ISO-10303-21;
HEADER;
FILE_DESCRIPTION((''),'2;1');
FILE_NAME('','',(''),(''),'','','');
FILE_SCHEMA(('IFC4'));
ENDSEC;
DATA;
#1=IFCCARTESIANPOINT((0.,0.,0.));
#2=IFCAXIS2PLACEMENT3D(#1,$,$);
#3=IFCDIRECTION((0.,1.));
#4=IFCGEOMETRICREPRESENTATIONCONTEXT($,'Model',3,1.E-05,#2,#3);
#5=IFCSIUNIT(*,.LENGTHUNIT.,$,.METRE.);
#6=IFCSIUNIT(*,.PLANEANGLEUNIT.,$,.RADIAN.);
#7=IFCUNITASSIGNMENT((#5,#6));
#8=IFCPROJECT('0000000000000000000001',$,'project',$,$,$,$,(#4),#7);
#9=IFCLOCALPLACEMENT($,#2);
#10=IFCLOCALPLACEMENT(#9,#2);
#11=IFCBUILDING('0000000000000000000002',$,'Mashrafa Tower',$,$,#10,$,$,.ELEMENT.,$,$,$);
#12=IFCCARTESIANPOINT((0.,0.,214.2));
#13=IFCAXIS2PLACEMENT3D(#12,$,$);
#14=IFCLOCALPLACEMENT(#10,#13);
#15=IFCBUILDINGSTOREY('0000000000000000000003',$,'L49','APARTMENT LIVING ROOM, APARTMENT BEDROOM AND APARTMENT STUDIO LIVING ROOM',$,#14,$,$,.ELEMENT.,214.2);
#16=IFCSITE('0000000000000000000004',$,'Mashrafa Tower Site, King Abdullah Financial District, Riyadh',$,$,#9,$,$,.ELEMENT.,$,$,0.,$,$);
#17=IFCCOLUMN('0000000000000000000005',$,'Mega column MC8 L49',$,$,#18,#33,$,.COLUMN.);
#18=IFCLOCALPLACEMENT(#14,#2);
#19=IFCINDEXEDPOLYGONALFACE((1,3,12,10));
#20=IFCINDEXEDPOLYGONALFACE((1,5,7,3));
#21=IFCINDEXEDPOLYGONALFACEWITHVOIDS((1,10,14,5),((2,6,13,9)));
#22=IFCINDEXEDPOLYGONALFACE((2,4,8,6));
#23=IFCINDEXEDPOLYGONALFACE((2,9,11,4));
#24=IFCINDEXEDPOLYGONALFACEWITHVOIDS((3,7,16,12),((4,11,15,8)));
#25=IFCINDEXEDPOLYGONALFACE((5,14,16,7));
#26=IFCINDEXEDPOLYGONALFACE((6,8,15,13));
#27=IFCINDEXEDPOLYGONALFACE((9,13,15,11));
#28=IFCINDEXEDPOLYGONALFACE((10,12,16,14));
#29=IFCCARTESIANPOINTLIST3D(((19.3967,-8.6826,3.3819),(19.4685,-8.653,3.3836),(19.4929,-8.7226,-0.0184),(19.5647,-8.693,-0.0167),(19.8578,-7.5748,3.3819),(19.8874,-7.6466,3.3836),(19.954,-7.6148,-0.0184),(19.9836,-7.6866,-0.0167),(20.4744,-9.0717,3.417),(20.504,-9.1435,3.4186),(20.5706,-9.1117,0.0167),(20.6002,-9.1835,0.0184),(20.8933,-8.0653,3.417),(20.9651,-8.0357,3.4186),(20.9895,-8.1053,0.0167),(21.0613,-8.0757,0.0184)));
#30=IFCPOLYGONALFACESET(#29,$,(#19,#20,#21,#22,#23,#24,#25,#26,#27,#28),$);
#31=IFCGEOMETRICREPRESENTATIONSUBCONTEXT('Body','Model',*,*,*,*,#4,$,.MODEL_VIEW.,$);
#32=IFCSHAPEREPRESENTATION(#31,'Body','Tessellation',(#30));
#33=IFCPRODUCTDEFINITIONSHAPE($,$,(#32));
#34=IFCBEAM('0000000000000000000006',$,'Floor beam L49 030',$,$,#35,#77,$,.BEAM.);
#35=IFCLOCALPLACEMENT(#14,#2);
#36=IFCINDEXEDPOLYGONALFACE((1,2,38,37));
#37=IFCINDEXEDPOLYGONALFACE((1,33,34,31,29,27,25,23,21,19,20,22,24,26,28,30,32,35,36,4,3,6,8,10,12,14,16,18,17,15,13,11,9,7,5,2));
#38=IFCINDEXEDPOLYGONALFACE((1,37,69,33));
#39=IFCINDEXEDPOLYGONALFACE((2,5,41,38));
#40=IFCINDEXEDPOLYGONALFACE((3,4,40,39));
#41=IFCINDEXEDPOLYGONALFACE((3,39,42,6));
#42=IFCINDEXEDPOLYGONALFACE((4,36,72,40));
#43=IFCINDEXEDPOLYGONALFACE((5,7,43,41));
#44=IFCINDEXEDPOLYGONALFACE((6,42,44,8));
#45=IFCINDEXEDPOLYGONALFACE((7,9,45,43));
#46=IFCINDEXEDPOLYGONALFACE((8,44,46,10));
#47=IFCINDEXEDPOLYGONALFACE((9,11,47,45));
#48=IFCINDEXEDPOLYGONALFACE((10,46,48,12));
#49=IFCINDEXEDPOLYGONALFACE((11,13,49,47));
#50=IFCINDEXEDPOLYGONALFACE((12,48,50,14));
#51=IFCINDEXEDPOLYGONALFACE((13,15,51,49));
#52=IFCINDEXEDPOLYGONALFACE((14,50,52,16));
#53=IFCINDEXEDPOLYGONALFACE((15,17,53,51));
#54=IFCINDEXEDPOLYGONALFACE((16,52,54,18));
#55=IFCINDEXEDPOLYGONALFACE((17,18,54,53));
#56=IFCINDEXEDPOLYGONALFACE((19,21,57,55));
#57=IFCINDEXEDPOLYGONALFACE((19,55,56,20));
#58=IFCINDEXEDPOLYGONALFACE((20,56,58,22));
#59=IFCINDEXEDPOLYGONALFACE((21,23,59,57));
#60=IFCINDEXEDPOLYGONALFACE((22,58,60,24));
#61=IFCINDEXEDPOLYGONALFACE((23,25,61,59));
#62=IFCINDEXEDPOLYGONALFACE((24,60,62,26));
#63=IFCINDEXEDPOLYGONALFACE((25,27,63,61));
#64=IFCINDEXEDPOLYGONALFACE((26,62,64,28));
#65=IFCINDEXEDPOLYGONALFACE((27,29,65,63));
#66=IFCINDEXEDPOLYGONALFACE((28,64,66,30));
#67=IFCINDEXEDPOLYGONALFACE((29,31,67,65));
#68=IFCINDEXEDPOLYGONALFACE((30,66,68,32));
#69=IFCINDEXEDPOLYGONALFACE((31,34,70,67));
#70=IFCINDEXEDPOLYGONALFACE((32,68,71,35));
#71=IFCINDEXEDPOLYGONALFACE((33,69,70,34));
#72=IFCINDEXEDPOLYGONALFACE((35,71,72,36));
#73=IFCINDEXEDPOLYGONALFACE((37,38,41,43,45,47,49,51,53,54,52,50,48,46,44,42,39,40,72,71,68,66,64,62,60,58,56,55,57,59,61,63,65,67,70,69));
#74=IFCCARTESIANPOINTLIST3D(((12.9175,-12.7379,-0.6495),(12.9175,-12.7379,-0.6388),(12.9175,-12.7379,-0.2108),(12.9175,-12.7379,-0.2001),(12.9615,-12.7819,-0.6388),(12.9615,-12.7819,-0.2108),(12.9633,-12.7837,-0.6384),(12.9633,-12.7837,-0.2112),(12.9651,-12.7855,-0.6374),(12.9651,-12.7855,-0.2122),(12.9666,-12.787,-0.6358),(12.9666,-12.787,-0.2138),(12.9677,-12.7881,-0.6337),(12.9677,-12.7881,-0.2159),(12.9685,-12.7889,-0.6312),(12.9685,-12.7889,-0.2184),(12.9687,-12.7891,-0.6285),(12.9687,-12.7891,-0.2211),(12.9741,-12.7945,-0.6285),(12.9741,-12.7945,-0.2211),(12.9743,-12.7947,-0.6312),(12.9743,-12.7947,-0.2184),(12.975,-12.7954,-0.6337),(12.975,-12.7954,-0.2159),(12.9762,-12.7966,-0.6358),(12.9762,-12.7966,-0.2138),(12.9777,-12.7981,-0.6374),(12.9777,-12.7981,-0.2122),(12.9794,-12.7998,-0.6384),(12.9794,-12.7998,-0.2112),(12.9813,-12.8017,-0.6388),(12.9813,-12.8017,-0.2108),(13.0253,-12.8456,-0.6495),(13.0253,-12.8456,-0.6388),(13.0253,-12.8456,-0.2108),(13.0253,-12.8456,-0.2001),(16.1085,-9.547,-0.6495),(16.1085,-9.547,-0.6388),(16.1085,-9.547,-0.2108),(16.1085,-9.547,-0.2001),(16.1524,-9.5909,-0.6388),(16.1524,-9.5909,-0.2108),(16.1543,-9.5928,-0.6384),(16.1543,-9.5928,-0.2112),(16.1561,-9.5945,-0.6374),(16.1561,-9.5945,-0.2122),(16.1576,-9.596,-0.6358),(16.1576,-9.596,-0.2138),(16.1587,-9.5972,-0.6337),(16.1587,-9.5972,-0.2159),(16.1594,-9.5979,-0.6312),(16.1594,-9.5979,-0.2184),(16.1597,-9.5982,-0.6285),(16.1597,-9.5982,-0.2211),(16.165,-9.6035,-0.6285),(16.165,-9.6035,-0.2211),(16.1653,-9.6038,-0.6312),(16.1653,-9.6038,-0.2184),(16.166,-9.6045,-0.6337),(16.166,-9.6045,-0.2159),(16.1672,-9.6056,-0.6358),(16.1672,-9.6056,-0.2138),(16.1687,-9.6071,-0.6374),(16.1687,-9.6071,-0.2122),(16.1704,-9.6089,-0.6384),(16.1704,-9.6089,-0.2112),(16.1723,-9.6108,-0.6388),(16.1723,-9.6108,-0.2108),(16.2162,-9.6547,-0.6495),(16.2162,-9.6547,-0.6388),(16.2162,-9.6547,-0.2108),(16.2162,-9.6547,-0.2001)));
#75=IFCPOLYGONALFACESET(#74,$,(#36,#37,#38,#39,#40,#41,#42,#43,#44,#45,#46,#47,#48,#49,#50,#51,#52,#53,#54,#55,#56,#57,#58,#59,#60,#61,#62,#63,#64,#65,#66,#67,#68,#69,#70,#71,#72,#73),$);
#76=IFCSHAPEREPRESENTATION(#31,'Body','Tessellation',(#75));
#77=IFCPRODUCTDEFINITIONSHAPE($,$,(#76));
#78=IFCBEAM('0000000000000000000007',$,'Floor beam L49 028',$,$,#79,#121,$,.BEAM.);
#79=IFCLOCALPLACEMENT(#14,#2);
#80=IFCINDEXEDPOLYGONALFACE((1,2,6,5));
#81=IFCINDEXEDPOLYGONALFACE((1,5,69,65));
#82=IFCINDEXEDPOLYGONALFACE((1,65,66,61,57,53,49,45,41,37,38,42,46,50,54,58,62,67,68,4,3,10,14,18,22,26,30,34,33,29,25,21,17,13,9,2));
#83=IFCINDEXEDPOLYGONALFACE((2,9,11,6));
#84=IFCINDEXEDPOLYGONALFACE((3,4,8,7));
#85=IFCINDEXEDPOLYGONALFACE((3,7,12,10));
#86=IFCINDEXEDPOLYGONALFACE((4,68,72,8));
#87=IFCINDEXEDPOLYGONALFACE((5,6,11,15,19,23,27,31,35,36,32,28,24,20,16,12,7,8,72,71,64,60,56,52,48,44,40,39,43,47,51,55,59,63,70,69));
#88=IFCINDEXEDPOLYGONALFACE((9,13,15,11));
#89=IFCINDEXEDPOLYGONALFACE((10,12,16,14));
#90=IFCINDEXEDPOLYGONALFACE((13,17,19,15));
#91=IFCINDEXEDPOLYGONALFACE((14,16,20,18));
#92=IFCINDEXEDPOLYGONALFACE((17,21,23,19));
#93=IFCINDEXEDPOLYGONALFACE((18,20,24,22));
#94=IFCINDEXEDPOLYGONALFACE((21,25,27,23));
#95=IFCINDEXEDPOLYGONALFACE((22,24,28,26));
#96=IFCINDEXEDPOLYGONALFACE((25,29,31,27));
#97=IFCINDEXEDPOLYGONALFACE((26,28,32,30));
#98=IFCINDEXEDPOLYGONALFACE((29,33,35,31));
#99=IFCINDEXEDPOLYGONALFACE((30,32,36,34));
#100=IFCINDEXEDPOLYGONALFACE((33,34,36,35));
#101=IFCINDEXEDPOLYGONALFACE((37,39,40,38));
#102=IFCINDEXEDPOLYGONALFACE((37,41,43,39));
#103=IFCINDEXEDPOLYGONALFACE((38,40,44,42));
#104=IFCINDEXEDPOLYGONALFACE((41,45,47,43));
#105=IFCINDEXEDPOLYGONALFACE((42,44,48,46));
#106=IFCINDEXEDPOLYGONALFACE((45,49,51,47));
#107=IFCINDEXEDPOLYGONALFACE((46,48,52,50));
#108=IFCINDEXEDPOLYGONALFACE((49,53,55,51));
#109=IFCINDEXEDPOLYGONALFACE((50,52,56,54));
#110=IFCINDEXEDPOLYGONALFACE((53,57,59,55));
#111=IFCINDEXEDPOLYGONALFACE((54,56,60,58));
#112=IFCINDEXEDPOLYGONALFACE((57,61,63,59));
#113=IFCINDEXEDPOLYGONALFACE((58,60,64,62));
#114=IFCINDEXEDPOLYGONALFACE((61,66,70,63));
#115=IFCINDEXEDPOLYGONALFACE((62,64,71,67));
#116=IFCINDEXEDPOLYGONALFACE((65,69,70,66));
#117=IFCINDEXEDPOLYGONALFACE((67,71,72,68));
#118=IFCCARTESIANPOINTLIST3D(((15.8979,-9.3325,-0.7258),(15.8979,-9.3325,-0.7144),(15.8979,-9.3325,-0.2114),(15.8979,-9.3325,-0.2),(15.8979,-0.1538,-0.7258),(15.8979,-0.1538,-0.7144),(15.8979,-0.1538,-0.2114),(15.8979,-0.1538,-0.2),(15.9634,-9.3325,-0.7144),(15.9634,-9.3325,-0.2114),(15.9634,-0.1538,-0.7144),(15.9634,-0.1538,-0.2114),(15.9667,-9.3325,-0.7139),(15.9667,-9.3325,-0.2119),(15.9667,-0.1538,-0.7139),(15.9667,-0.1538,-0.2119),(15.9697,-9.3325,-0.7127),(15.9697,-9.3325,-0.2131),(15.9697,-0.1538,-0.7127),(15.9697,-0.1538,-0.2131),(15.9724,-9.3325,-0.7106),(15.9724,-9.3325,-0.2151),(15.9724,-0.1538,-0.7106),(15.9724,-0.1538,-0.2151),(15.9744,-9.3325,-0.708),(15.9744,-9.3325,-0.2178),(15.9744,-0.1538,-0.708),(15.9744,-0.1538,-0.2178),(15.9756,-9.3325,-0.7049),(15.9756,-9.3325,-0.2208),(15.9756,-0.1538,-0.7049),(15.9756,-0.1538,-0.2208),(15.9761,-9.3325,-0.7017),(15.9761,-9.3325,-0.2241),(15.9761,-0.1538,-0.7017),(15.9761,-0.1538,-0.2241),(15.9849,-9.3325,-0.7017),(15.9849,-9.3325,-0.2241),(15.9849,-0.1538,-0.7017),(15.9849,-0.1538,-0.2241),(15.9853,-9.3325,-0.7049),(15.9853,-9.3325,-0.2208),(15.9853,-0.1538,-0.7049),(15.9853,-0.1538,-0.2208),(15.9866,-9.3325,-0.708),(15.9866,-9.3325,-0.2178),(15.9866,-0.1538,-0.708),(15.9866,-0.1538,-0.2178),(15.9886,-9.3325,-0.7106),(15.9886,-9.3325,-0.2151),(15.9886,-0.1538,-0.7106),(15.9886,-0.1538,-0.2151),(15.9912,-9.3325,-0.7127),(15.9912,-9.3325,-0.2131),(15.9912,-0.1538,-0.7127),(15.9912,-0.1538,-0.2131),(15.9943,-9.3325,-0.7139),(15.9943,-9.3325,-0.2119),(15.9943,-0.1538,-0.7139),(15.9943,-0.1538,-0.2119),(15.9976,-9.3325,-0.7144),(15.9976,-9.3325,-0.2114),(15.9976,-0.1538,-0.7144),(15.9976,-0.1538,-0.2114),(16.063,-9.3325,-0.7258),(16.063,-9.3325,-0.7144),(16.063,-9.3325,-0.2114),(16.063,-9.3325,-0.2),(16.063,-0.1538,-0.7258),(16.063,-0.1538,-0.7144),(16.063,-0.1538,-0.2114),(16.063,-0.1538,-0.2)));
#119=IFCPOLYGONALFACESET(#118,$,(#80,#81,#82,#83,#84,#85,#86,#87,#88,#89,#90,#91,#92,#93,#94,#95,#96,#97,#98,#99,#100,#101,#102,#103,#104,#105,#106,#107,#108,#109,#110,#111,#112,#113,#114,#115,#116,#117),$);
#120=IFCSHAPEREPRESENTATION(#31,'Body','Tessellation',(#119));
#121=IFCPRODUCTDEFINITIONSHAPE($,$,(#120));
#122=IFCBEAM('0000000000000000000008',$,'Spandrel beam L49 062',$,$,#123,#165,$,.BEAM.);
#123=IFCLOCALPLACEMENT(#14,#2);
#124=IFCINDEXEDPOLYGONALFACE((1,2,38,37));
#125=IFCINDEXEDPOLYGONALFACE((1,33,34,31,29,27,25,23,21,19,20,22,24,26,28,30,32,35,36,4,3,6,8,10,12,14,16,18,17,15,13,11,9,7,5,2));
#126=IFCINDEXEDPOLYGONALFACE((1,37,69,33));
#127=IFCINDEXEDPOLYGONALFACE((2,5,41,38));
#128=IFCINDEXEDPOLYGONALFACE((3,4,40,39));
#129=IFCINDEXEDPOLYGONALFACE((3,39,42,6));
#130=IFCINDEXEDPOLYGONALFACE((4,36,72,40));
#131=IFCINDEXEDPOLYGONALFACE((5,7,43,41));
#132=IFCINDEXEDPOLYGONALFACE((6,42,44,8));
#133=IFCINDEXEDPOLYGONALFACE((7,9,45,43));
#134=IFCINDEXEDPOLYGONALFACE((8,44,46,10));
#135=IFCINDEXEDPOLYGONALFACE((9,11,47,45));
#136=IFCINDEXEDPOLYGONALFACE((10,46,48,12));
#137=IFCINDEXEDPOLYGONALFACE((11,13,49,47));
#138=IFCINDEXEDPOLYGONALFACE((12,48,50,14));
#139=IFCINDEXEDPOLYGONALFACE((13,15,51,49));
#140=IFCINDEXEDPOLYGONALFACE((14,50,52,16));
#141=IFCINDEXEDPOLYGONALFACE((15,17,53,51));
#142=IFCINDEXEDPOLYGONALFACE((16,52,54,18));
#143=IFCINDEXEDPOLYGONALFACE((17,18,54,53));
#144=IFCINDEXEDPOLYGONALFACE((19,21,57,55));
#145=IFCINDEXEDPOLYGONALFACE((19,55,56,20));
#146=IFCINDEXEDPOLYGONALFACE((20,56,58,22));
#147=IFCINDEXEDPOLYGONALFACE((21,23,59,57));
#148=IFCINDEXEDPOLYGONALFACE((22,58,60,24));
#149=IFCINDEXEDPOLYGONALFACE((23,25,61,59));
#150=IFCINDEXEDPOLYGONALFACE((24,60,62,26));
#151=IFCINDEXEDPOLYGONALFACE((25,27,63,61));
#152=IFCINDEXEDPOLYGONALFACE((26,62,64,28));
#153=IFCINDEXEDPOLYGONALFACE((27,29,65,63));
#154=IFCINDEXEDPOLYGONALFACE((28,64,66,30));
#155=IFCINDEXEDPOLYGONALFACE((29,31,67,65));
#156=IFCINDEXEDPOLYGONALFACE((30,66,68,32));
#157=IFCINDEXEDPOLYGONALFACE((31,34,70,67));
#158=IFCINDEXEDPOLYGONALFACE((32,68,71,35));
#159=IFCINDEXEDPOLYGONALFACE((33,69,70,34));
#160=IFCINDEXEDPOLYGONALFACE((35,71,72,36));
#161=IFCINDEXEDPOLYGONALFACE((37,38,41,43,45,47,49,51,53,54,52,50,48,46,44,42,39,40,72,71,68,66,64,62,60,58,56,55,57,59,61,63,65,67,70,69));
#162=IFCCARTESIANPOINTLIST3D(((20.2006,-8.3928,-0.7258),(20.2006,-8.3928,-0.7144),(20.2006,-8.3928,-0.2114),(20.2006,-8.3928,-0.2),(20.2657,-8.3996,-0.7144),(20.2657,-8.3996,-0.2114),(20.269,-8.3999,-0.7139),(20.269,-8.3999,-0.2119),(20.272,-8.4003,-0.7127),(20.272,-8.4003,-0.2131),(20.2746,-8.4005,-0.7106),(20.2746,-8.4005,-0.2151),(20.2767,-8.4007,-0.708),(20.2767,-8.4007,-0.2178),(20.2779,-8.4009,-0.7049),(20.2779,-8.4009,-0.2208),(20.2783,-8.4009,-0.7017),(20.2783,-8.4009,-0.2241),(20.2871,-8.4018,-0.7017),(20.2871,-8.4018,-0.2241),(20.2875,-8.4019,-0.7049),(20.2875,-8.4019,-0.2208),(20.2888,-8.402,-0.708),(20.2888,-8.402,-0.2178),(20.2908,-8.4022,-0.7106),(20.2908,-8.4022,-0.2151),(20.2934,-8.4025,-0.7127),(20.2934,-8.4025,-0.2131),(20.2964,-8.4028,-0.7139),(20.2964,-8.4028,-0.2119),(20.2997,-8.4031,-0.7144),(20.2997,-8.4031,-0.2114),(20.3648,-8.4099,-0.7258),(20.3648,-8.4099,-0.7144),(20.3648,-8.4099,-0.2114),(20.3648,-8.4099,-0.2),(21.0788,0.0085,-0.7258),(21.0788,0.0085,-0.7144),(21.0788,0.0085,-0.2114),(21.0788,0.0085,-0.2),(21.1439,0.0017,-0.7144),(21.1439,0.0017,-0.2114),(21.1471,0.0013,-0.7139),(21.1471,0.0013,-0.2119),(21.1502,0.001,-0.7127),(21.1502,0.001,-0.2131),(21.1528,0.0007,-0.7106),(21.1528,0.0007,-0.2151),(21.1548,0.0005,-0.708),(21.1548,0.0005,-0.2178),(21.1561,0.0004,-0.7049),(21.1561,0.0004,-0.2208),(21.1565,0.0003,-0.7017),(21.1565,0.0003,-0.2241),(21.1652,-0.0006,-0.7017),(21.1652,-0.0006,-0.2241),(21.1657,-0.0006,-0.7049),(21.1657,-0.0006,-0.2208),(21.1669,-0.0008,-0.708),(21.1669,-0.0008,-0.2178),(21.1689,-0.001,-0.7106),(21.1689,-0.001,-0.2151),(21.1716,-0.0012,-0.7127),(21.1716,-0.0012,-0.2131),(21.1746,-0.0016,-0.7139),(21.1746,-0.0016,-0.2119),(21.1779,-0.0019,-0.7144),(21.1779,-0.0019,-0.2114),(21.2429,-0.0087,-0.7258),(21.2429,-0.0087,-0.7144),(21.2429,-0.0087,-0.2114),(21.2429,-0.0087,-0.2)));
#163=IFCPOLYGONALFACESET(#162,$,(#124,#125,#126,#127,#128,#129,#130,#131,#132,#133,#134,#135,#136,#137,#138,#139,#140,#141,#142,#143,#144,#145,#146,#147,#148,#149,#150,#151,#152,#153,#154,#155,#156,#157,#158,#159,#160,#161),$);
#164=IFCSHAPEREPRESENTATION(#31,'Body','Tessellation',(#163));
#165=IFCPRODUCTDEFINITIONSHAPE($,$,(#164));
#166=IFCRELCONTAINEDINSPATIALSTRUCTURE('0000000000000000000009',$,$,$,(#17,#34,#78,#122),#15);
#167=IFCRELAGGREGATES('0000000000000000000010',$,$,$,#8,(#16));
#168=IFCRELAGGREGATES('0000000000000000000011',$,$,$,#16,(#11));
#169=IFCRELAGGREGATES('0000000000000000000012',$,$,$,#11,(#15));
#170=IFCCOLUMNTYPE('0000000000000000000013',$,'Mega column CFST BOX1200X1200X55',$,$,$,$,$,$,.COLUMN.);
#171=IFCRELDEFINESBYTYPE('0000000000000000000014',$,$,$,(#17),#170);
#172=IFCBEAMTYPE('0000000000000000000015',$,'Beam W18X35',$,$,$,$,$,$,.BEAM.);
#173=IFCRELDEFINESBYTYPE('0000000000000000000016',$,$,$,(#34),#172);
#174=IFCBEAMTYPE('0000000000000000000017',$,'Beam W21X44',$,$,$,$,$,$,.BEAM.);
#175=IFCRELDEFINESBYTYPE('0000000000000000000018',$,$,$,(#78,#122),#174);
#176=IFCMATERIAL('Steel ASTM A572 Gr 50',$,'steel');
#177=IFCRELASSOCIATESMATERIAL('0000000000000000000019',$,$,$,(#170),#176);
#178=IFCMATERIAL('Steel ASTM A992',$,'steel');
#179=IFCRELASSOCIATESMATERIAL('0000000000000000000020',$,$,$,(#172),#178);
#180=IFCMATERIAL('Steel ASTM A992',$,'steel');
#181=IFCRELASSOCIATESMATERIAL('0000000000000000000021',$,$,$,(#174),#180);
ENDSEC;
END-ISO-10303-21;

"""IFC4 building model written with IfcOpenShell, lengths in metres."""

from ifc_helpers import new_model, si_unit, direction, frame, origin, origin_2d, place, context, subcontext, project, spatial, hollow_rectangle, i_section, extrude, material, material_profile, profile_set, type_object, element, save


model = new_model("IFC4")

# Units and contexts
model_context = context("Model", 3, precision=1e-05, world=origin(), true_north=direction((0.0, 1.0)))
body_context = subcontext(model_context, "Body", "Model", "MODEL_VIEW")
ifc_project = project(units=[si_unit("LENGTHUNIT", "METRE"), si_unit("PLANEANGLEUNIT", "RADIAN")], contexts=[model_context])

# Site, building, storey
site_placement = place(None, origin())
site = spatial("IfcSite", under=ifc_project, at=site_placement, Name="Mashrafa Tower Site, King Abdullah Financial District, Riyadh", CompositionType="ELEMENT", RefElevation=0.0)
building_placement = place(site_placement, origin())
building = spatial("IfcBuilding", under=site, at=building_placement, Name="Mashrafa Tower", CompositionType="ELEMENT")
storey_placement = place(building_placement, frame((0.0, 0.0, 214.2)))
storey = spatial("IfcBuildingStorey", under=building, at=storey_placement, Name="L49", Description="APARTMENT LIVING ROOM, APARTMENT BEDROOM AND APARTMENT STUDIO LIVING ROOM", CompositionType="ELEMENT", Elevation=214.2)

# Column
ifc_material_1 = material(Name="Steel ASTM A572 Gr 50", Category="steel")
ifc_material_profile_1 = material_profile(ifc_material_1, hollow_rectangle(XDim=1.2, YDim=1.2, WallThickness=0.0549, at=origin_2d()), Name="BOX1200X1200X55")
ifc_profile_set_1 = profile_set([ifc_material_profile_1], Name="Steel ASTM A572 Gr 50")
column_type = type_object("IfcColumnType", Name="Mega column CFST BOX1200X1200X55", PredefinedType="COLUMN", material=ifc_profile_set_1)
column_placement = place(storey_placement, frame((20.2771, -8.3992, 0.0), z_axis=(-0.028277, 0.01177, 0.999531), x_axis=(-0.384283, -0.923216, 0.0)))
element("IfcColumn", 1, at=column_placement, inside=storey, type_object=column_type, Name="Mega column MC8 L49", PredefinedType="COLUMN", context=body_context, shape_type="SweptSolid", body=[
    extrude(hollow_rectangle(XDim=1.2, YDim=1.2, WallThickness=0.0549, at=origin_2d()), origin(), (0.0, 0.0, 1.0), 3.4019),
])

# Beams
ifc_material_2 = material(Name="Steel ASTM A992", Category="steel")
ifc_material_profile_2 = material_profile(ifc_material_2, i_section(OverallWidth=0.1523, OverallDepth=0.4495, WebThickness=0.0076, FlangeThickness=0.0107, FilletRadius=0.0103, at=origin_2d()), Name="W18X35")
ifc_profile_set_2 = profile_set([ifc_material_profile_2], Name="Steel ASTM A992")
beam_type_1 = type_object("IfcBeamType", Name="Beam W18X35", PredefinedType="BEAM", material=ifc_profile_set_2)
beam_1_placement = place(storey_placement, frame((16.1624, -9.6008, -0.4248), z_axis=(-0.707107, -0.707107, 0.0), x_axis=(0.707107, -0.707107, 0.0)))
element("IfcBeam", 2, at=beam_1_placement, inside=storey, type_object=beam_type_1, Name="Floor beam L49 030", PredefinedType="BEAM", context=body_context, shape_type="SweptSolid", body=[
    extrude(i_section(OverallWidth=0.1523, OverallDepth=0.4495, WebThickness=0.0076, FlangeThickness=0.0107, FilletRadius=0.0103, at=origin_2d()), origin(), (0.0, 0.0, 1.0), 4.5127),
])
ifc_material_3 = material(Name="Steel ASTM A992", Category="steel")
ifc_material_profile_3 = material_profile(ifc_material_3, i_section(OverallWidth=0.165, OverallDepth=0.5259, WebThickness=0.0088, FlangeThickness=0.0115, FilletRadius=0.0127, at=origin_2d()), Name="W21X44")
ifc_profile_set_3 = profile_set([ifc_material_profile_3], Name="Steel ASTM A992")
beam_type_2 = type_object("IfcBeamType", Name="Beam W21X44", PredefinedType="BEAM", material=ifc_profile_set_3)
beam_2_placement = place(storey_placement, frame((15.9805, -0.1538, -0.4629), z_axis=(0.0, -1.0, 0.0), x_axis=(1.0, 0.0, 0.0)))
element("IfcBeam", 3, at=beam_2_placement, inside=storey, type_object=beam_type_2, Name="Floor beam L49 028", PredefinedType="BEAM", context=body_context, shape_type="SweptSolid", body=[
    extrude(i_section(OverallWidth=0.165, OverallDepth=0.5259, WebThickness=0.0088, FlangeThickness=0.0115, FilletRadius=0.0127, at=origin_2d()), origin(), (0.0, 0.0, 1.0), 9.1787),
])
beam_3_placement = place(storey_placement, frame((20.2827, -8.4014, -0.4629), z_axis=(0.103961, 0.994581, 0.0), x_axis=(-0.994581, 0.103961, 0.0)))
element("IfcBeam", 4, at=beam_3_placement, inside=storey, type_object=beam_type_2, Name="Spandrel beam L49 062", PredefinedType="BEAM", context=body_context, shape_type="SweptSolid", body=[
    extrude(i_section(OverallWidth=0.165, OverallDepth=0.5259, WebThickness=0.0088, FlangeThickness=0.0115, FilletRadius=0.0127, at=origin_2d()), origin(), (0.0, 0.0, 1.0), 8.447),
])

save(model, "model.ifc")
